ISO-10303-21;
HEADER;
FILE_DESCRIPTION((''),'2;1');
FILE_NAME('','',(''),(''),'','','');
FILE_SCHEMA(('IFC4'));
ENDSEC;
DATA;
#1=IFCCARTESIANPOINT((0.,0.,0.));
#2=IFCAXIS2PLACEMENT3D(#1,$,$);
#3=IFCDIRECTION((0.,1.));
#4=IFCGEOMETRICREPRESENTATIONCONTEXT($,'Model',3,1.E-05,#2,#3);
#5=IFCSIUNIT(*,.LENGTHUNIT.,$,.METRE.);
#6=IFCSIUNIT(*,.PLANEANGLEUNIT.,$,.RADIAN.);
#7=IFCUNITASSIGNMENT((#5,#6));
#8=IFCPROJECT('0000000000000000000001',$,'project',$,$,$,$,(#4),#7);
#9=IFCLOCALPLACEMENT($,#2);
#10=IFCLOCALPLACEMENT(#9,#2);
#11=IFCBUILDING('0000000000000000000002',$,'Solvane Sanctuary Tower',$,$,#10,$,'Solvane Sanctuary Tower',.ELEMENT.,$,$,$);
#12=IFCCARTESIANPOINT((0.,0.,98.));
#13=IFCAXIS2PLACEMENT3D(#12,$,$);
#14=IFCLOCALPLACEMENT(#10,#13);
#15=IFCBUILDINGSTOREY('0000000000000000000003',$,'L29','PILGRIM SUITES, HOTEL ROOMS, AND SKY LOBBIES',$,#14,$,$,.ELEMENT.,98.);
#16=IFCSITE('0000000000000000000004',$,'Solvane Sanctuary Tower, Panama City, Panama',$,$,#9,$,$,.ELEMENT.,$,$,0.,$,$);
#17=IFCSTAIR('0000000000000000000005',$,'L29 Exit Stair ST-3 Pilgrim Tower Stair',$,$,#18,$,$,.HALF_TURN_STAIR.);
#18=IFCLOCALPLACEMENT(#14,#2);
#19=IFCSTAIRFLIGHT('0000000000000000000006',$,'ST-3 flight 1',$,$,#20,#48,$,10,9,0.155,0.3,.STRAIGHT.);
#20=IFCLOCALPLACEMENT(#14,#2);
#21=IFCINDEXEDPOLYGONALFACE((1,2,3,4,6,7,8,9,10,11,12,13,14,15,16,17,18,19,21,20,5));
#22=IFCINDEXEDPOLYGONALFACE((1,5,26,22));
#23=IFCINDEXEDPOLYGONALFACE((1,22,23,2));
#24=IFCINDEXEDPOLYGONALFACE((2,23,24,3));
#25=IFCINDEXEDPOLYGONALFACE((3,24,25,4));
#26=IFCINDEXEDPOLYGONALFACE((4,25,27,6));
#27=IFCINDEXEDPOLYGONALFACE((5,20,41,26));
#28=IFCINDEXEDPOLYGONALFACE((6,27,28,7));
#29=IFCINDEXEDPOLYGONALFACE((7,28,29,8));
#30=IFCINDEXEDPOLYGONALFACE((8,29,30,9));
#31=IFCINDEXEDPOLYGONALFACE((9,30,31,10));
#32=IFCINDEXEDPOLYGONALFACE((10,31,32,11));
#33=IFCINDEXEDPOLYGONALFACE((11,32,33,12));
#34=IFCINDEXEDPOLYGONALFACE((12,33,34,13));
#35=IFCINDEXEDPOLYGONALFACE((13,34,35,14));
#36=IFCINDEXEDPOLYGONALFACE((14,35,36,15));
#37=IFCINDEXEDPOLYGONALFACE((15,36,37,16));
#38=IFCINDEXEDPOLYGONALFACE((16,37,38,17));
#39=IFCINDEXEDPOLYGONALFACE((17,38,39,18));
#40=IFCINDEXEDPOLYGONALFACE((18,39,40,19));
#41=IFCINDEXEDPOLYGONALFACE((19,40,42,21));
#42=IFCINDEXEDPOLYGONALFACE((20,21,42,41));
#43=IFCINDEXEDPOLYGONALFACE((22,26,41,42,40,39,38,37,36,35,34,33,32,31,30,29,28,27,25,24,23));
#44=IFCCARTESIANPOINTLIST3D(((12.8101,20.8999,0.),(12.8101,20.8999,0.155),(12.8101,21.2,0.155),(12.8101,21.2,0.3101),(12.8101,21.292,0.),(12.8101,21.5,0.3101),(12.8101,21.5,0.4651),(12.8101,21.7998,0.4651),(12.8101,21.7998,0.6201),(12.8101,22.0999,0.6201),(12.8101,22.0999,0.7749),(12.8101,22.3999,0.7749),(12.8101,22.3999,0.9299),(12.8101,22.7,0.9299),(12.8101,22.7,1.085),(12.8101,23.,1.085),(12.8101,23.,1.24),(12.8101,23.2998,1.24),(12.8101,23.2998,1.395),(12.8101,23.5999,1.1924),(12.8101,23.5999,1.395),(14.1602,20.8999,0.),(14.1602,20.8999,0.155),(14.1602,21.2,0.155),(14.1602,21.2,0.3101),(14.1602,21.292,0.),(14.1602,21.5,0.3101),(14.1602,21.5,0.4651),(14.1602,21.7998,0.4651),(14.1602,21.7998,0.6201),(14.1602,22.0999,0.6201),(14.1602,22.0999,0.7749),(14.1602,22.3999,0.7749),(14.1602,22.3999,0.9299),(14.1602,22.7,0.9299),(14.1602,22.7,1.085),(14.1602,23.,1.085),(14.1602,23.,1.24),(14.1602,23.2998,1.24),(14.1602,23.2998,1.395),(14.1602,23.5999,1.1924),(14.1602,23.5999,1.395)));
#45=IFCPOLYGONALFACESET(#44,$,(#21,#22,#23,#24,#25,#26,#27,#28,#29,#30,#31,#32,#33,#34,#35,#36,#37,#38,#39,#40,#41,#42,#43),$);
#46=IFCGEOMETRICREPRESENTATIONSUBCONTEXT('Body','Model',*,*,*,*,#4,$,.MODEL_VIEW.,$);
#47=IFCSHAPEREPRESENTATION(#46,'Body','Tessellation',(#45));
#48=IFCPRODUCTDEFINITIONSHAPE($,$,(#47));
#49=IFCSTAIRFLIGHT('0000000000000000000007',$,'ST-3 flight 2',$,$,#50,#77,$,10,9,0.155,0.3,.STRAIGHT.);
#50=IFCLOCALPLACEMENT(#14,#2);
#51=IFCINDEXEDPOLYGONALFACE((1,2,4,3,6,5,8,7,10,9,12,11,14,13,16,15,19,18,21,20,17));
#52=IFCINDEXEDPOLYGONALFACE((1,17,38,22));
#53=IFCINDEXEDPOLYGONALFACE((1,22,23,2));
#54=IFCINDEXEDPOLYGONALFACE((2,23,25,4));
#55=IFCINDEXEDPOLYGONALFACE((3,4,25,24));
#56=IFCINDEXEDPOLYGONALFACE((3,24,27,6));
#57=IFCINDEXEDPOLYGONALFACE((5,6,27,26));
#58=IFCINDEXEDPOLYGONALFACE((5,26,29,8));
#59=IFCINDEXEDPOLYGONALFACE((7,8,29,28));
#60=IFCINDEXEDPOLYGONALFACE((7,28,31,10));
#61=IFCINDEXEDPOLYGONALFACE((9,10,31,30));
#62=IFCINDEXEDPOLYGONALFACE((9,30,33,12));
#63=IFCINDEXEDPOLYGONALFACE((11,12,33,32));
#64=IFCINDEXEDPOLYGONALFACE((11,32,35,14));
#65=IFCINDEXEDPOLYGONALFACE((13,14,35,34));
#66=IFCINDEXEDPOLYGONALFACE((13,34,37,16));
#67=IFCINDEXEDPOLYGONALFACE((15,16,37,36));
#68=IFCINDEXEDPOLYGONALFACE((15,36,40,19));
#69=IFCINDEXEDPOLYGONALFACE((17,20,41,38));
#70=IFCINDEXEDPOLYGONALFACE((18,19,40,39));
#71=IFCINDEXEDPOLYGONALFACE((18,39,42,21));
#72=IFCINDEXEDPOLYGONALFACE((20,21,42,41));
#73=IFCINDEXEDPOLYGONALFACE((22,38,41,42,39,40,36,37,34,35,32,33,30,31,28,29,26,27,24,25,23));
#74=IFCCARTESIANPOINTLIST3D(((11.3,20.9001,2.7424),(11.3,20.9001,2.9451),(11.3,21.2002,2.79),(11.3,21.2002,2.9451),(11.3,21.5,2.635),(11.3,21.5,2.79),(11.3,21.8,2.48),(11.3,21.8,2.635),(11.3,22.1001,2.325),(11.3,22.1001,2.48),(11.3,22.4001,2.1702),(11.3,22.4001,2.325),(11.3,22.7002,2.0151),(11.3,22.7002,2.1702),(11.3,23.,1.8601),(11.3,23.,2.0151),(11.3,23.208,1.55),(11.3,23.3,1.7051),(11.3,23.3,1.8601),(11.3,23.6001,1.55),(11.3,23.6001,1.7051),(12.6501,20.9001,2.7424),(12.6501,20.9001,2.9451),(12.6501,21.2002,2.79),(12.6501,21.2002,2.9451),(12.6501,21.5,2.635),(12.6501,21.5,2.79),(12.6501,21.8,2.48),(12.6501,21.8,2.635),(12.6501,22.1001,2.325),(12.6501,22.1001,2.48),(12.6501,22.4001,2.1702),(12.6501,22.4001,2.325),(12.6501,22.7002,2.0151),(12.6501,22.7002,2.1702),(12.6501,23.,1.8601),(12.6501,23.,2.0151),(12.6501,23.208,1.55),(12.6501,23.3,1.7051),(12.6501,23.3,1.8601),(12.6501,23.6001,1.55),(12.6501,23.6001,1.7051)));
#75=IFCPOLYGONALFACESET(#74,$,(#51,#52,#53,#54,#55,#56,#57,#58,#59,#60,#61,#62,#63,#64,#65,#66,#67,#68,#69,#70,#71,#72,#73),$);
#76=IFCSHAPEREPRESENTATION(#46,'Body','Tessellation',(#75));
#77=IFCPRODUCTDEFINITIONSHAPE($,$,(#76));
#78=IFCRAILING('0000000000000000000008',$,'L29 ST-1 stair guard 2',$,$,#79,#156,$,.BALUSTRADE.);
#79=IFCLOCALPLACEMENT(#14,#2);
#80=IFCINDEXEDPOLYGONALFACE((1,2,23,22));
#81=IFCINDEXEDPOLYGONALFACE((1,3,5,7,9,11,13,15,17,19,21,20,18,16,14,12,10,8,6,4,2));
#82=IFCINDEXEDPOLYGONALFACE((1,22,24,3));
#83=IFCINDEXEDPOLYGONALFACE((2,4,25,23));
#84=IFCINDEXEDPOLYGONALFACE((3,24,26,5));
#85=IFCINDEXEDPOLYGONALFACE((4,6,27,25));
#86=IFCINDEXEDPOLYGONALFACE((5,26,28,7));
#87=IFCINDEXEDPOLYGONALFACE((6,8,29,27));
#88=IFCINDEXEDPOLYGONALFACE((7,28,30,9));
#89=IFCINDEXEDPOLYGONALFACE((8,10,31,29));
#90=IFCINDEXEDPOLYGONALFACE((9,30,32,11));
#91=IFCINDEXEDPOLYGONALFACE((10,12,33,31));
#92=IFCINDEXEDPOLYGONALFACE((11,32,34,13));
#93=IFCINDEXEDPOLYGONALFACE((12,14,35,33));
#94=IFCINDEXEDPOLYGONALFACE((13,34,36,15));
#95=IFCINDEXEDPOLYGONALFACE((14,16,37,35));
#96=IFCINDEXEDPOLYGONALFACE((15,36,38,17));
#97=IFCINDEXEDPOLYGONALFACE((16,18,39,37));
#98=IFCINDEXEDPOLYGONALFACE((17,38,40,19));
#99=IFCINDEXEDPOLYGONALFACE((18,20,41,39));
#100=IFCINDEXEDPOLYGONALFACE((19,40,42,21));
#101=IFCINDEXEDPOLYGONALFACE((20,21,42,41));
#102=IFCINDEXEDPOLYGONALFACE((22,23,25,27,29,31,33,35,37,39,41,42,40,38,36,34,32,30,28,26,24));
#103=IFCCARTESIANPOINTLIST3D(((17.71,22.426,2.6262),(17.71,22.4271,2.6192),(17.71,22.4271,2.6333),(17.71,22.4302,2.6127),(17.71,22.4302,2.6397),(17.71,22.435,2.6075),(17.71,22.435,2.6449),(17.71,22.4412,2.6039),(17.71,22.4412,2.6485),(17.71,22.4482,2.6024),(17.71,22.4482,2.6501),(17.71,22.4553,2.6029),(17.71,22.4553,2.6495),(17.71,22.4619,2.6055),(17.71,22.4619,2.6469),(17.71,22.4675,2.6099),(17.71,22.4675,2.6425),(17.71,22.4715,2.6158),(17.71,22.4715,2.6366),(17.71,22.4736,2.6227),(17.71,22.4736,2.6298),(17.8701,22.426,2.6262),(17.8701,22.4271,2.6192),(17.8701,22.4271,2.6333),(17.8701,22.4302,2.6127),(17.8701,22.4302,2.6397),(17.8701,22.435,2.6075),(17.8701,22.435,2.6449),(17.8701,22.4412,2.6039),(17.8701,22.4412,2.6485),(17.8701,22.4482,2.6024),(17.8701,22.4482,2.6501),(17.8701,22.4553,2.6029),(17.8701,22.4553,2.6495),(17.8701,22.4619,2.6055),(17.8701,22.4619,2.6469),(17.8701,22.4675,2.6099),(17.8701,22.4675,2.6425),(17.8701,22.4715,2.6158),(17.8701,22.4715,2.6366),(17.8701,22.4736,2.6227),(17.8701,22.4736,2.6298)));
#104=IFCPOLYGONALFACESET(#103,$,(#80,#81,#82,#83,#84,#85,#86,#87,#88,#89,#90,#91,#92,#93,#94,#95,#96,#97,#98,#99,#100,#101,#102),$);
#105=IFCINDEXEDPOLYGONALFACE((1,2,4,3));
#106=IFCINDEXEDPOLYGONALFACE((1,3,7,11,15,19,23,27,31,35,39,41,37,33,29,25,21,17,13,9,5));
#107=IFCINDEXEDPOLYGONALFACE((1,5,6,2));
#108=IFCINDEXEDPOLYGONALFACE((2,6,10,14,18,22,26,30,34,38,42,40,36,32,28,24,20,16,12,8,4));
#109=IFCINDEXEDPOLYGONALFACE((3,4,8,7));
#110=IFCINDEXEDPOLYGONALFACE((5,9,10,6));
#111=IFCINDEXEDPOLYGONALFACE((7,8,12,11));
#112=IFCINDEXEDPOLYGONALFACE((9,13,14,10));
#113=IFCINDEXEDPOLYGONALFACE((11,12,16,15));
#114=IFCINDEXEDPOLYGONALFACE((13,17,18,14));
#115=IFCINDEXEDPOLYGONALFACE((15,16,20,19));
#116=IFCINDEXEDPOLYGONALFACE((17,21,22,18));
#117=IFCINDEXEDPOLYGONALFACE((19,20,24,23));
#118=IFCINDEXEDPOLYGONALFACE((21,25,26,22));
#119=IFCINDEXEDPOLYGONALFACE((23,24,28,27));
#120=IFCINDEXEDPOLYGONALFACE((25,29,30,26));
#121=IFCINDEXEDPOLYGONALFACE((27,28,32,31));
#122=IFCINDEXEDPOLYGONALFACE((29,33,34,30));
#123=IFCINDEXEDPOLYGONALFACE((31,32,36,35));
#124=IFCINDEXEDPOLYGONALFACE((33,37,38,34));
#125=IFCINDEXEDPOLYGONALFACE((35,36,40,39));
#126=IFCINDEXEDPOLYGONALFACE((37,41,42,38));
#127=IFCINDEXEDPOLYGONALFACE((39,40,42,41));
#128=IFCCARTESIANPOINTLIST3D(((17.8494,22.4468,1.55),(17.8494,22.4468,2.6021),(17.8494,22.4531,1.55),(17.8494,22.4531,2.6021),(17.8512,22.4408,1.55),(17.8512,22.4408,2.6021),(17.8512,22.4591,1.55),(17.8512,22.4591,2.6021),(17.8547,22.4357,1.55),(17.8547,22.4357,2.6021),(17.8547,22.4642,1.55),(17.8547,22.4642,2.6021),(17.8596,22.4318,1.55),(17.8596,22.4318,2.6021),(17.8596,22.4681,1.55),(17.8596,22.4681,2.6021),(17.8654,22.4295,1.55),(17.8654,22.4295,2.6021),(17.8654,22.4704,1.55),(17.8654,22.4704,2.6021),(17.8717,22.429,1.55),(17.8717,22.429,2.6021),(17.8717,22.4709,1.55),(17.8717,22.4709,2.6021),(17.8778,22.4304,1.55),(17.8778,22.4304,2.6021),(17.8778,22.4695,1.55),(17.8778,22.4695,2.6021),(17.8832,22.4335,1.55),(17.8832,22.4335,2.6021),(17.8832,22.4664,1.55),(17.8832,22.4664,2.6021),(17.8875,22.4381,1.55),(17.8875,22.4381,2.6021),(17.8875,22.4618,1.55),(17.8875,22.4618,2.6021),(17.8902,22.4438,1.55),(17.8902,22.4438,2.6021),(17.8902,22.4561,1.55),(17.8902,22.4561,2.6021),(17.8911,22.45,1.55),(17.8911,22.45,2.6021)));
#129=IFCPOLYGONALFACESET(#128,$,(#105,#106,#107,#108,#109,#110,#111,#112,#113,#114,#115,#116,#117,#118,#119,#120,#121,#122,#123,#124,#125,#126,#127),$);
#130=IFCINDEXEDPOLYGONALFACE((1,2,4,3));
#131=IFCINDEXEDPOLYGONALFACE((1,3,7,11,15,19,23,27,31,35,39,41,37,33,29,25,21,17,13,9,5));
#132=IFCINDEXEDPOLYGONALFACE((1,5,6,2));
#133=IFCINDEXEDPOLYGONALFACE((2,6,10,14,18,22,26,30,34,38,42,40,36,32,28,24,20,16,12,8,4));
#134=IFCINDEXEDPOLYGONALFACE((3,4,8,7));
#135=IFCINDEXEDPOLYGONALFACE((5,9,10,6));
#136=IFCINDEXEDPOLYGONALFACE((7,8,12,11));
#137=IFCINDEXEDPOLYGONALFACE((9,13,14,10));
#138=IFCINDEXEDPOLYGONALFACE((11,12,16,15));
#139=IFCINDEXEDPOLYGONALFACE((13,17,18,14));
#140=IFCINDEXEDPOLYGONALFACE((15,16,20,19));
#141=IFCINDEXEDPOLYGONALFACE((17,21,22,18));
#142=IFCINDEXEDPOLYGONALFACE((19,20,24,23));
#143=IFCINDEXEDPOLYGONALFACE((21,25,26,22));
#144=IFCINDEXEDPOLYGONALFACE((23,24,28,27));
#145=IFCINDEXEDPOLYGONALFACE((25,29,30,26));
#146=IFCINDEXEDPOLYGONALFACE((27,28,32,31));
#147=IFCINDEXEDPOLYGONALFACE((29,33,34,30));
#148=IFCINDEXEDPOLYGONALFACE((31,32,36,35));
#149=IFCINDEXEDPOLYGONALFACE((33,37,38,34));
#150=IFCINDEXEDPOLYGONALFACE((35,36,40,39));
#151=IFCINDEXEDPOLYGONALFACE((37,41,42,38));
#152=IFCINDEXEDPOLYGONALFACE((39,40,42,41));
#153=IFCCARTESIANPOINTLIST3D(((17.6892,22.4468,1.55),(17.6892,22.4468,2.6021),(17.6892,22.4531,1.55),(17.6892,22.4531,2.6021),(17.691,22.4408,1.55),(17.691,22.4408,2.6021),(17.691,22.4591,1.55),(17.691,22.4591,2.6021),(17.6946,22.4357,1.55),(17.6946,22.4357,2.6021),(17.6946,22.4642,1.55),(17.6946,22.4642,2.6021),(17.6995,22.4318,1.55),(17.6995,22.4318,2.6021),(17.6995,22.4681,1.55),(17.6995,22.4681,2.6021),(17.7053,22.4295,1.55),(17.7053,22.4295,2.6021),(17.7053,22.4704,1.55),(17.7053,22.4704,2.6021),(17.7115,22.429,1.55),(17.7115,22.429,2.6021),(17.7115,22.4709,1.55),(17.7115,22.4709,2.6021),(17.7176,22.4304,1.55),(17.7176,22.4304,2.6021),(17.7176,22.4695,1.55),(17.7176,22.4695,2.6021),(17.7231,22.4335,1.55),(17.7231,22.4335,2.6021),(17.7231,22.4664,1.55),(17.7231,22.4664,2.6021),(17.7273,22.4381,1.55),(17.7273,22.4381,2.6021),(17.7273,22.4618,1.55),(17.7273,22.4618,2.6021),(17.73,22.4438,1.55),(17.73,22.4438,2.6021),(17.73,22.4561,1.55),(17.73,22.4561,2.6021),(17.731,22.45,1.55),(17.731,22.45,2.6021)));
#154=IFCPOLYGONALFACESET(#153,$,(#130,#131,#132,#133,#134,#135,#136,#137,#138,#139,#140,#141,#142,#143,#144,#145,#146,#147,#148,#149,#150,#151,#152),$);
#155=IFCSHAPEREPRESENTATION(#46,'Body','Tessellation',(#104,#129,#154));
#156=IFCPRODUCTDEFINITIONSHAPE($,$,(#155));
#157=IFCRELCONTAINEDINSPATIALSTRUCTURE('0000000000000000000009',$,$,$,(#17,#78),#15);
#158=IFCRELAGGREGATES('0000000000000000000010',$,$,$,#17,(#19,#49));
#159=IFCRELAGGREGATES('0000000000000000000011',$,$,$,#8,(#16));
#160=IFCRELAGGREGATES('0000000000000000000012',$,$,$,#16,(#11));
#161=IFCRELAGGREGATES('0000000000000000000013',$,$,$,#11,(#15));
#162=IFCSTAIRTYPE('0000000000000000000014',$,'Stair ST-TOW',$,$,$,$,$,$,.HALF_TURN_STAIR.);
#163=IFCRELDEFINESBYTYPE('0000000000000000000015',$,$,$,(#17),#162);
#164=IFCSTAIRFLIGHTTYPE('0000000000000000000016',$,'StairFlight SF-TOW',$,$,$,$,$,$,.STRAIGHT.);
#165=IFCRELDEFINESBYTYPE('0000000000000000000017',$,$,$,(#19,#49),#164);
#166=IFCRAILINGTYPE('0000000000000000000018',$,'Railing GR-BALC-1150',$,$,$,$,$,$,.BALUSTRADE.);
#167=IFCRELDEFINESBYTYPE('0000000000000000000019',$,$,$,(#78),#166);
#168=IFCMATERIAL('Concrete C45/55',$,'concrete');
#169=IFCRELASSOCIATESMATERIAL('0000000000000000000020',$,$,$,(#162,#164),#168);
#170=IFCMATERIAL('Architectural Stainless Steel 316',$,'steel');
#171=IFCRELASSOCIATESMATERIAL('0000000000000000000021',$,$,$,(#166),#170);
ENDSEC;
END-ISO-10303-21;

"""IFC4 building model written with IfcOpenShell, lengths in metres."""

from ifc_helpers import new_model, si_unit, direction, frame, origin, origin_2d, place, context, subcontext, project, spatial, polyline, circle, outline, extrude, material, type_object, element, aggregate, save


model = new_model("IFC4")

# Units and contexts
model_context = context("Model", 3, precision=1e-05, world=origin(), true_north=direction((0.0, 1.0)))
body_context = subcontext(model_context, "Body", "Model", "MODEL_VIEW")
ifc_project = project(units=[si_unit("LENGTHUNIT", "METRE"), si_unit("PLANEANGLEUNIT", "RADIAN")], contexts=[model_context])

# Site, building, storey
site_placement = place(None, origin())
site = spatial("IfcSite", under=ifc_project, at=site_placement, Name="Solvane Sanctuary Tower, Panama City, Panama", CompositionType="ELEMENT", RefElevation=0.0)
building_placement = place(site_placement, origin())
building = spatial("IfcBuilding", under=site, at=building_placement, Name="Solvane Sanctuary Tower", LongName="Solvane Sanctuary Tower", CompositionType="ELEMENT")
storey_placement = place(building_placement, frame((0.0, 0.0, 98.0)))
storey = spatial("IfcBuildingStorey", under=building, at=storey_placement, Name="L29", Description="PILGRIM SUITES, HOTEL ROOMS, AND SKY LOBBIES", CompositionType="ELEMENT", Elevation=98.0)

# Shared definitions
ifc_material_1 = material(Name="Concrete C45/55", Category="concrete")
stair_type = type_object("IfcStairType", Name="Stair ST-TOW", PredefinedType="HALF_TURN_STAIR", material=ifc_material_1)
stair_flight_type = type_object("IfcStairFlightType", Name="StairFlight SF-TOW", PredefinedType="STRAIGHT", material=ifc_material_1)

# Stair, stair flights
stair_1_placement = place(storey_placement, origin())
stair_1 = element("IfcStair", 1, at=stair_1_placement, inside=storey, type_object=stair_type, Name="L29 Exit Stair ST-3 Pilgrim Tower Stair", PredefinedType="HALF_TURN_STAIR")
stair_flight_1_placement = place(storey_placement, frame((13.4851, 20.8999, 0.0), z_axis=(0.0, 0.0, 1.0), x_axis=(0.0, 1.0, 0.0)))
stair_flight_1 = element("IfcStairFlight", 2, at=stair_flight_1_placement, type_object=stair_flight_type, Name="ST-3 flight 1", NumberOfRisers=10, NumberOfTreads=9, PredefinedType="STRAIGHT", RiserHeight=0.155, TreadLength=0.3, context=body_context, shape_type="SweptSolid", body=[
    extrude(outline(polyline([(0.0, 0.0), (0.0, 0.155), (0.3, 0.155), (0.3, 0.3101), (0.6001, 0.3101), (0.6001, 0.4651), (0.8999, 0.4651), (0.8999, 0.6201), (1.2, 0.6201), (1.2, 0.7749), (1.5, 0.7749), (1.5, 0.9299), (1.8, 0.9299), (1.8, 1.085), (2.1001, 1.085), (2.1001, 1.24), (2.3999, 1.24), (2.3999, 1.395), (2.7, 1.395), (2.7, 1.55), (2.7, 1.1924), (0.3921, 0.0), (0.0, 0.0)])), frame((0.0, 0.675, 0.0), z_axis=(0.0, -1.0, 0.0), x_axis=(1.0, 0.0, 0.0)), (0.0, 0.0, 1.0), 1.3501),
])
stair_flight_2_placement = place(storey_placement, frame((11.9751, 23.6001, 1.55), z_axis=(0.0, 0.0, 1.0), x_axis=(0.0, -1.0, 0.0)))
stair_flight_2 = element("IfcStairFlight", 3, at=stair_flight_2_placement, type_object=stair_flight_type, Name="ST-3 flight 2", NumberOfRisers=10, NumberOfTreads=9, PredefinedType="STRAIGHT", RiserHeight=0.155, TreadLength=0.3, context=body_context, shape_type="SweptSolid", body=[
    extrude(outline(polyline([(0.0, 0.0), (0.0, 0.155), (0.3, 0.155), (0.3, 0.3101), (0.6001, 0.3101), (0.6001, 0.4651), (0.8999, 0.4651), (0.8999, 0.6201), (1.2, 0.6201), (1.2, 0.7749), (1.5, 0.7749), (1.5, 0.9299), (1.8, 0.9299), (1.8, 1.085), (2.1001, 1.085), (2.1001, 1.24), (2.3999, 1.24), (2.3999, 1.395), (2.7, 1.395), (2.7, 1.55), (2.7, 1.1924), (0.3921, 0.0), (0.0, 0.0)])), frame((0.0, 0.675, 0.0), z_axis=(0.0, -1.0, 0.0), x_axis=(1.0, 0.0, 0.0)), (0.0, 0.0, 1.0), 1.3501),
])
aggregate(stair_1, [stair_flight_1, stair_flight_2])

# Railing
ifc_material_2 = material(Name="Architectural Stainless Steel 316", Category="steel")
railing_type_1 = type_object("IfcRailingType", Name="Railing GR-BALC-1150", PredefinedType="BALUSTRADE", material=ifc_material_2)
railing_1_placement = place(storey_placement, frame((17.8701, 22.45, 1.55)))
element("IfcRailing", 4, at=railing_1_placement, inside=storey, type_object=railing_type_1, Name="L29 ST-1 stair guard 2", PredefinedType="BALUSTRADE", context=body_context, shape_type="SweptSolid", body=[
    extrude(circle(Radius=0.0239, at=origin_2d()), frame((0.0, 0.0, 1.0762), z_axis=(-1.0, 0.0, 0.0), x_axis=(0.0, -1.0, 0.0)), (0.0, 0.0, 1.0), 0.1602),
    extrude(circle(Radius=0.021, at=origin_2d()), origin(), (0.0, 0.0, 1.0), 1.052),
    extrude(circle(Radius=0.021, at=origin_2d()), frame((-0.1602, 0.0, 0.0)), (0.0, 0.0, 1.0), 1.052),
])

save(model, "model.ifc")
